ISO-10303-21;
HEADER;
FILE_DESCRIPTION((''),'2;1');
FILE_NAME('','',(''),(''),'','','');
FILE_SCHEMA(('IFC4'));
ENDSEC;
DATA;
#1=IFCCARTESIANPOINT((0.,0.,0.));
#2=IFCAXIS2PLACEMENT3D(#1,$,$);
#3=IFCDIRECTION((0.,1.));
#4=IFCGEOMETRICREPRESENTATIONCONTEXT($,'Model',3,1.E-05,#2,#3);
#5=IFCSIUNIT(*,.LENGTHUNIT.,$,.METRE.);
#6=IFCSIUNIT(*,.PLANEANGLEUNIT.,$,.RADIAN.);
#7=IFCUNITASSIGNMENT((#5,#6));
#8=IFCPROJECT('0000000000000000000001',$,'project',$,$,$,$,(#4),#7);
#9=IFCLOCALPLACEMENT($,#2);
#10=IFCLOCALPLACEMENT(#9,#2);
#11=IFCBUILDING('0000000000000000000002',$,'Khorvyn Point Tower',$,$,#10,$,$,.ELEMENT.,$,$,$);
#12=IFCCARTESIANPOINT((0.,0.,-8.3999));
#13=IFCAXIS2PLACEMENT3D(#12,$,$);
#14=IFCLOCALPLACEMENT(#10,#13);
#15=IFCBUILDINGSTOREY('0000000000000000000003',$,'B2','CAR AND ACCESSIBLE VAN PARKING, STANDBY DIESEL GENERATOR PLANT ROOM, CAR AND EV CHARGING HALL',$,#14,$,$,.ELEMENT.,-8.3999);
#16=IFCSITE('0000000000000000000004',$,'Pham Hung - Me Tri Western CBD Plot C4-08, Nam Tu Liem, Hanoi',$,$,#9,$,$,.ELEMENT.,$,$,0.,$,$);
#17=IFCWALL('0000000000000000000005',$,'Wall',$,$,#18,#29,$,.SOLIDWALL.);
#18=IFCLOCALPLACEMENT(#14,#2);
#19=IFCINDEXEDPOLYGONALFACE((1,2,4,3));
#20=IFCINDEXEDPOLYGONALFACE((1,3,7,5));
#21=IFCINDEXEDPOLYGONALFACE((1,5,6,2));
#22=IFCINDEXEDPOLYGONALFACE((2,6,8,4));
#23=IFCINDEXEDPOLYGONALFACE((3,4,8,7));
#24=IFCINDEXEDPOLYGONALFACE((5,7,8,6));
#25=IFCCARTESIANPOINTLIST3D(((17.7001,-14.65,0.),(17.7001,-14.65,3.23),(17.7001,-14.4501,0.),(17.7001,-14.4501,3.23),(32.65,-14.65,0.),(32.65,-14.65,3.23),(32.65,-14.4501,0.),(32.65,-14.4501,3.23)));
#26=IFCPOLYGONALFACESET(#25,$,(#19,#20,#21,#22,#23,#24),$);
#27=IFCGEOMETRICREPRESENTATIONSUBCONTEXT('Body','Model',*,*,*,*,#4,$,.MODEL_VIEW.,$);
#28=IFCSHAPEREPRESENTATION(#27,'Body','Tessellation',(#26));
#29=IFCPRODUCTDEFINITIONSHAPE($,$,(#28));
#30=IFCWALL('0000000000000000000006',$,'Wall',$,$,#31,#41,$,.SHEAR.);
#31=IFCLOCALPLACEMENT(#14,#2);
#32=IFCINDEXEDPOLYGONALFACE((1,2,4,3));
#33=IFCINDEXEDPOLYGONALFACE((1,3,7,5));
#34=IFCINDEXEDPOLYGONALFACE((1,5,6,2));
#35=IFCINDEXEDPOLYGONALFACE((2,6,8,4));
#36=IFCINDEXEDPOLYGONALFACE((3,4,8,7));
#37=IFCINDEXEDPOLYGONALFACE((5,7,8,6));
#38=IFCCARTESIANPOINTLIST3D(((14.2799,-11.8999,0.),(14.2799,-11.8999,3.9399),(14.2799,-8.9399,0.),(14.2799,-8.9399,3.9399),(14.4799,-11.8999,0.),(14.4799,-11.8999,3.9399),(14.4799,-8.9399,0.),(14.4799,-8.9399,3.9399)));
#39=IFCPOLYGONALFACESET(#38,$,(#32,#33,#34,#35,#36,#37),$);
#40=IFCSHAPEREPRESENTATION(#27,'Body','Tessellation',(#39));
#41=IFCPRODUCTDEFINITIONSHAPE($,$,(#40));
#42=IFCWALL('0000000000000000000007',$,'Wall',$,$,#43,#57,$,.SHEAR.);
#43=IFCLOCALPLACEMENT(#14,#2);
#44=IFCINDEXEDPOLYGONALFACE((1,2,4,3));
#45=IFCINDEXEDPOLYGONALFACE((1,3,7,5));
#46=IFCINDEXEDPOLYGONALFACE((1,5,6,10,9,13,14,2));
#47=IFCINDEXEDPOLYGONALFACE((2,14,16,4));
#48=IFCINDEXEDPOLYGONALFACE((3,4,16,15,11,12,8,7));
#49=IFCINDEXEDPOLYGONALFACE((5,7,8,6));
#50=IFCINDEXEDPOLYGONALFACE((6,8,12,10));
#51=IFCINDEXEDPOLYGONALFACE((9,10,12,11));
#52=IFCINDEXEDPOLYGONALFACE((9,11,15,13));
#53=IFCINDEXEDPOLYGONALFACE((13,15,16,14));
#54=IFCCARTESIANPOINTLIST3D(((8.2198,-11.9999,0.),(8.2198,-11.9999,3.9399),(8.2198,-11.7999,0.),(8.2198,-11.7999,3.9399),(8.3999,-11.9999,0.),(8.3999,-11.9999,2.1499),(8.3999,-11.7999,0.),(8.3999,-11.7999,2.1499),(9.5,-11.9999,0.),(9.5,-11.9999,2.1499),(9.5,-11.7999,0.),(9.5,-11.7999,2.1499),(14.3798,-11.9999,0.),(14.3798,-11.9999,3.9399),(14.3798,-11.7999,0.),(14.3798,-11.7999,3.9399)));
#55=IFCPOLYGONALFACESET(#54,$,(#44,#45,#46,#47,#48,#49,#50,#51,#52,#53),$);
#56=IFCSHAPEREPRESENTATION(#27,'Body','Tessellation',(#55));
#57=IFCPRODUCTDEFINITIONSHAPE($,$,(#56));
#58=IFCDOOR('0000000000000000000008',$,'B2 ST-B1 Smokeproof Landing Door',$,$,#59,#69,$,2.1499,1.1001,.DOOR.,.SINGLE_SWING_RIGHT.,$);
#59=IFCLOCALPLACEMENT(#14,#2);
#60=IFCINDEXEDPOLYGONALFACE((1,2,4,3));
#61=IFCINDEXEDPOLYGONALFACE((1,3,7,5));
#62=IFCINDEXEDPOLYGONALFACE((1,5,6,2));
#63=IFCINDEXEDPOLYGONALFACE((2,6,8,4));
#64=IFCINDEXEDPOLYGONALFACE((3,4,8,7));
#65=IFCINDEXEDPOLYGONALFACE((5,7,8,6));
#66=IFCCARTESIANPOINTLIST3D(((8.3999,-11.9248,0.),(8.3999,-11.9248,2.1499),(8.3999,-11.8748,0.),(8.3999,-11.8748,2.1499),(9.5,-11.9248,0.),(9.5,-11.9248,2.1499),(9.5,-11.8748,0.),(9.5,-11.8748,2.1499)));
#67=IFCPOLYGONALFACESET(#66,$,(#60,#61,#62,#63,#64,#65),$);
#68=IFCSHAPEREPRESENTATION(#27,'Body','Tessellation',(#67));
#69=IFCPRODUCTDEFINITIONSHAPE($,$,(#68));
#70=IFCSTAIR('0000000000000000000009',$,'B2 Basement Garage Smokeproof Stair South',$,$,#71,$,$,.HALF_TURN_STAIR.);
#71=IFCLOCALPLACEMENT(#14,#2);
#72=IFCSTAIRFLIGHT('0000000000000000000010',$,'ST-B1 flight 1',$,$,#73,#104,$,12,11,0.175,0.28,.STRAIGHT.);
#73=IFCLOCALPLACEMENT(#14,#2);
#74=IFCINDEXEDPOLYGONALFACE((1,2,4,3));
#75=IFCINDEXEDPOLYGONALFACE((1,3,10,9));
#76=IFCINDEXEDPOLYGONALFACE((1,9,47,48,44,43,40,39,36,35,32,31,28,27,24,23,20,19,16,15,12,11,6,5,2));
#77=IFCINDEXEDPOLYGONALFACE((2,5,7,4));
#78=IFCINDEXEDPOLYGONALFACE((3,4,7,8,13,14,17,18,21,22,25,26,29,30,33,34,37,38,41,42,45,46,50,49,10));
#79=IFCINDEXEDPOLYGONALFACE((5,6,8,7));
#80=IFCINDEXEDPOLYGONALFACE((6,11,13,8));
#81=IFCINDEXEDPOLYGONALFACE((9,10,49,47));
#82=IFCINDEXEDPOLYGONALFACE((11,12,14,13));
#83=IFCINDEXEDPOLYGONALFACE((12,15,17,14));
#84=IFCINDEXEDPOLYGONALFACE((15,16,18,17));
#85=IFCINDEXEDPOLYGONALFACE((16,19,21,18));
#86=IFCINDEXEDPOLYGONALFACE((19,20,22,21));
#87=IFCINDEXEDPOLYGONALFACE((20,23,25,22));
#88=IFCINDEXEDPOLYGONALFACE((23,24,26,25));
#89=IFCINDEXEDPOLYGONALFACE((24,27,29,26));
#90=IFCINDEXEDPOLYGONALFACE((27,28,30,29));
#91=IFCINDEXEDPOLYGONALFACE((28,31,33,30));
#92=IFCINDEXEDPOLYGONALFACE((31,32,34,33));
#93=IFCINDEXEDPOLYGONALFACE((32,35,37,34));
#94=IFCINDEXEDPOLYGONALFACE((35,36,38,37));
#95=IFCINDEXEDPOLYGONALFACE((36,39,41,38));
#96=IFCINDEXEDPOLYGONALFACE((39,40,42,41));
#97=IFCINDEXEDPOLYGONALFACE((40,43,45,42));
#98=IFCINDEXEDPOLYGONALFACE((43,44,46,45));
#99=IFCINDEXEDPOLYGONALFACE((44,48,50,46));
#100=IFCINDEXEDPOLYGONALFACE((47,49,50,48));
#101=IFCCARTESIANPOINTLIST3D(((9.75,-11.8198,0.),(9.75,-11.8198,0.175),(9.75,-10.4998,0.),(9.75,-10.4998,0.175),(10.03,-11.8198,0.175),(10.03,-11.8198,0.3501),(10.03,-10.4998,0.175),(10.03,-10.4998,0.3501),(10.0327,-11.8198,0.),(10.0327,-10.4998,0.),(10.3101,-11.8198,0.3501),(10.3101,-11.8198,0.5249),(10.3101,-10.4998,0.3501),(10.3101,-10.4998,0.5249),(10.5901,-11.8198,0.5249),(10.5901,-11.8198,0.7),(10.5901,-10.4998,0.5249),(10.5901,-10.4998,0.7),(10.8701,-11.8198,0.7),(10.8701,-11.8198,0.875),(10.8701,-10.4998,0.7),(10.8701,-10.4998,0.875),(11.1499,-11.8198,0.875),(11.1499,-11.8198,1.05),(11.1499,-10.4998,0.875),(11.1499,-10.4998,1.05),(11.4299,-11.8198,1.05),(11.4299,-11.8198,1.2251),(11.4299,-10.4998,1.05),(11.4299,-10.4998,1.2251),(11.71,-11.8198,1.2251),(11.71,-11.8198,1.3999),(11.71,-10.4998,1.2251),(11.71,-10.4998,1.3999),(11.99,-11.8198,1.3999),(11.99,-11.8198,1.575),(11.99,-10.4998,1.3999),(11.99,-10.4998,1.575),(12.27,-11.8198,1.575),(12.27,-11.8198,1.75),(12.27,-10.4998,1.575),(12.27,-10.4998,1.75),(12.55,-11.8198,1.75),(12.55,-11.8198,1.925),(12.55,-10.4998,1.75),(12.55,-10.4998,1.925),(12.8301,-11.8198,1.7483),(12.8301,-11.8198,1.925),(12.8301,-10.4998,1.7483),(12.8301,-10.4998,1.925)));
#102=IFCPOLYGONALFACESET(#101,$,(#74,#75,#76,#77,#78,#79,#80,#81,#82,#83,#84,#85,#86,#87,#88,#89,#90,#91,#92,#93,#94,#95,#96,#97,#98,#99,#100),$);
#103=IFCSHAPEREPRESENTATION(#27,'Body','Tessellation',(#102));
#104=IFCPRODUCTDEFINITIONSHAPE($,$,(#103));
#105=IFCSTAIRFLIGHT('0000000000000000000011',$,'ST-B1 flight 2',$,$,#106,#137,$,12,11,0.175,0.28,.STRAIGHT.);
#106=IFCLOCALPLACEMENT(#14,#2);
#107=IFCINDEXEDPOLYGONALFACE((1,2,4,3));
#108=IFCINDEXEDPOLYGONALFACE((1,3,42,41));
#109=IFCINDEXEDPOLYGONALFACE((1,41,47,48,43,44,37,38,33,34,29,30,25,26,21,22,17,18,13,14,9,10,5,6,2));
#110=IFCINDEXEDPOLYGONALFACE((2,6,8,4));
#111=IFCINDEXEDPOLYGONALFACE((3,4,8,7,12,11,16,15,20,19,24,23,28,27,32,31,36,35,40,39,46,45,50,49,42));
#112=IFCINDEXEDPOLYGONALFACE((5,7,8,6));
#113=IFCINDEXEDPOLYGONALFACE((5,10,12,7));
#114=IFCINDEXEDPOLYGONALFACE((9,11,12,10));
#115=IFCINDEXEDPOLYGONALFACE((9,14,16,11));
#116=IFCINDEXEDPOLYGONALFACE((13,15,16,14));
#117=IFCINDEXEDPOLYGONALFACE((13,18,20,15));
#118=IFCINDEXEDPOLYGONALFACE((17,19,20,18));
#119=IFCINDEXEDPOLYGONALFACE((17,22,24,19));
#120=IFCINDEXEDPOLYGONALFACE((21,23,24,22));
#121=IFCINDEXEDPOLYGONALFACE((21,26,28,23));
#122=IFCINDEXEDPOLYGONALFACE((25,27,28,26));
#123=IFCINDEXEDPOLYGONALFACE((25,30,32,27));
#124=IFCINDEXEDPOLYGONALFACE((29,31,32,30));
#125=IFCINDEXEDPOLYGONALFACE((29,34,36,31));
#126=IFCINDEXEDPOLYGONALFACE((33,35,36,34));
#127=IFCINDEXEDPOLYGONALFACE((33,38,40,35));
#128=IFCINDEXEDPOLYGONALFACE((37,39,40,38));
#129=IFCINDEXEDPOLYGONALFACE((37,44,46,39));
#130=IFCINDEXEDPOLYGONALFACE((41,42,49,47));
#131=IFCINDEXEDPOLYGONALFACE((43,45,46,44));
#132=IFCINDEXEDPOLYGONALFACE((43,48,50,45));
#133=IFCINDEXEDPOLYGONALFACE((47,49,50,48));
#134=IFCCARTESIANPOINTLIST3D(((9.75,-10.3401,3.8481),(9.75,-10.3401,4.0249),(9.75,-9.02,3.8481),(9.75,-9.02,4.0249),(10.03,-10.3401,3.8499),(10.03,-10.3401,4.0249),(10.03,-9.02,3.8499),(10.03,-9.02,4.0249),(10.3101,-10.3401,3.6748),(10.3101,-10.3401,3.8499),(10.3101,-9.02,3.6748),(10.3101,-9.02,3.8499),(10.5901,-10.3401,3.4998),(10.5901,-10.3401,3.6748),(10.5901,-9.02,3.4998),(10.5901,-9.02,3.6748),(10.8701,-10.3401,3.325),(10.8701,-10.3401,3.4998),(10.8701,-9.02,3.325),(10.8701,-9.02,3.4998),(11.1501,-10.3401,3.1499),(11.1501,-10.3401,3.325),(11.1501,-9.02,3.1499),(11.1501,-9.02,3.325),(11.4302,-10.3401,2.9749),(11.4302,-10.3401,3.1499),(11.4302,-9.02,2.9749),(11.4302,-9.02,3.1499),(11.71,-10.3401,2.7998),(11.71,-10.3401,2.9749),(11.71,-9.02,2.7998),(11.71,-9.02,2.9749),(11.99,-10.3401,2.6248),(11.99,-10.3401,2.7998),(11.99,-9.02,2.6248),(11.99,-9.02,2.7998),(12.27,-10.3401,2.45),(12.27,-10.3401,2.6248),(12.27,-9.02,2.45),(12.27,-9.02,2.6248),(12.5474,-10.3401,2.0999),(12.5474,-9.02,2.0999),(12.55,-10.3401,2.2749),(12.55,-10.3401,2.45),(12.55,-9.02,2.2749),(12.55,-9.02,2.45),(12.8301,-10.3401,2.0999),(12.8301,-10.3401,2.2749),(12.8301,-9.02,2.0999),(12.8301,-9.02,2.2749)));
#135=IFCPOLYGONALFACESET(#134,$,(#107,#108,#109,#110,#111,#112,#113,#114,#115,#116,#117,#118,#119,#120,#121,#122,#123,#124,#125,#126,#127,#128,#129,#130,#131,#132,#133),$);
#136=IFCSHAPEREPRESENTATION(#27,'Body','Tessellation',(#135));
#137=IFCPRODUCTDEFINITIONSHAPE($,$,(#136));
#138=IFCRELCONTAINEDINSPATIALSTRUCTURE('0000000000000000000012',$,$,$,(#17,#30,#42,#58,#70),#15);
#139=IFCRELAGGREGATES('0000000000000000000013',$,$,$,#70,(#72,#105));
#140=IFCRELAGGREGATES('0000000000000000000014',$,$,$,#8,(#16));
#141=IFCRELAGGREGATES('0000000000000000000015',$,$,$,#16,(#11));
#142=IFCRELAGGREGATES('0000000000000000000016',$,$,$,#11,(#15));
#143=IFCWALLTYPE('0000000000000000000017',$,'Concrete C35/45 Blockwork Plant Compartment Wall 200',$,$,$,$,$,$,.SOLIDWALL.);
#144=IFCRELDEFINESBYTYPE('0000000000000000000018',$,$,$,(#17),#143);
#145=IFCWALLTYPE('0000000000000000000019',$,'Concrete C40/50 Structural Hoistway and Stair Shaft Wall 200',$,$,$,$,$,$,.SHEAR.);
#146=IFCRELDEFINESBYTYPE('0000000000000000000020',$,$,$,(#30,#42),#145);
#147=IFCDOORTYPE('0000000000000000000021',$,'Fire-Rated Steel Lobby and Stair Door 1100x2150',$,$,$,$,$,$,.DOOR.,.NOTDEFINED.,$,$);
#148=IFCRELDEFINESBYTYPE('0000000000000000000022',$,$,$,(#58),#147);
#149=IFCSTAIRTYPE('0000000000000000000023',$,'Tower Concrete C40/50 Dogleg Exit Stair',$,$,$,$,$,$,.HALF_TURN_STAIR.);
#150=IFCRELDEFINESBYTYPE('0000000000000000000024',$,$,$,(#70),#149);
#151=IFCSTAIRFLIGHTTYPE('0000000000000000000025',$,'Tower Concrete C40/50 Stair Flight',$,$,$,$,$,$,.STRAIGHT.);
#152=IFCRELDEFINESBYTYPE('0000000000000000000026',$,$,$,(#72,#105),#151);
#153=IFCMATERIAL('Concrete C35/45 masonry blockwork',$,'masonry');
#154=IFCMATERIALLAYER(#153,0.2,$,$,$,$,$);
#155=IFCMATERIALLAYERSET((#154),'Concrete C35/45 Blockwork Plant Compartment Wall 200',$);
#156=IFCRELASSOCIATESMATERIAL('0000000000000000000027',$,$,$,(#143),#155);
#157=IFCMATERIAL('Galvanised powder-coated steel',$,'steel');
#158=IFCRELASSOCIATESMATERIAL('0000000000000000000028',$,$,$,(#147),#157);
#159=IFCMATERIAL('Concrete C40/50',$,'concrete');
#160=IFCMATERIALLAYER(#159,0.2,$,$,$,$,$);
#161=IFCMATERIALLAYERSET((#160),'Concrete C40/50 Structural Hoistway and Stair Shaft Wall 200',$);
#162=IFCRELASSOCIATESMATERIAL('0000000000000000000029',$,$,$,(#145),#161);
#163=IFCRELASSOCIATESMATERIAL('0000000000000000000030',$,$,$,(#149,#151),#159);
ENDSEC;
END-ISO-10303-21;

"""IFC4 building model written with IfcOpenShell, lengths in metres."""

from ifc_helpers import new_model, si_unit, direction, frame, frame_2d, origin, place, context, subcontext, project, spatial, polyline, rectangle, outline, extrude, material, layer, layer_set, type_object, element, fill, aggregate, save


model = new_model("IFC4")

# Units and contexts
model_context = context("Model", 3, precision=1e-05, world=origin(), true_north=direction((0.0, 1.0)))
body_context = subcontext(model_context, "Body", "Model", "MODEL_VIEW")
ifc_project = project(units=[si_unit("LENGTHUNIT", "METRE"), si_unit("PLANEANGLEUNIT", "RADIAN")], contexts=[model_context])

# Site, building, storey
site_placement = place(None, origin())
site = spatial("IfcSite", under=ifc_project, at=site_placement, Name="Pham Hung - Me Tri Western CBD Plot C4-08, Nam Tu Liem, Hanoi", CompositionType="ELEMENT", RefElevation=0.0)
building_placement = place(site_placement, origin())
building = spatial("IfcBuilding", under=site, at=building_placement, Name="Khorvyn Point Tower", CompositionType="ELEMENT")
storey_placement = place(building_placement, frame((0.0, 0.0, -8.3999)))
storey = spatial("IfcBuildingStorey", under=building, at=storey_placement, Name="B2", Description="CAR AND ACCESSIBLE VAN PARKING, STANDBY DIESEL GENERATOR PLANT ROOM, CAR AND EV CHARGING HALL", CompositionType="ELEMENT", Elevation=-8.3999)

# Shared definitions
ifc_material_1 = material(Name="Concrete C35/45 masonry blockwork", Category="masonry")
ifc_layer_1 = layer(ifc_material_1, 0.2)
ifc_layer_set_1 = layer_set([ifc_layer_1], Name="Concrete C35/45 Blockwork Plant Compartment Wall 200")
wall_type_1 = type_object("IfcWallType", Name="Concrete C35/45 Blockwork Plant Compartment Wall 200", PredefinedType="SOLIDWALL", material=ifc_layer_set_1)
ifc_material_2 = material(Name="Galvanised powder-coated steel", Category="steel")
door_type = type_object("IfcDoorType", Name="Fire-Rated Steel Lobby and Stair Door 1100x2150", OperationType="NOTDEFINED", PredefinedType="DOOR", material=ifc_material_2)

# Walls
wall_1_placement = place(storey_placement, frame((17.7, -14.55, 0.0), z_axis=(0.0, 0.0, 1.0), x_axis=(1.0, 0.0, 0.0)))
element("IfcWall", 1, at=wall_1_placement, inside=storey, type_object=wall_type_1, Name="Wall", PredefinedType="SOLIDWALL", context=body_context, shape_type="SweptSolid", body=[
    extrude(rectangle(XDim=14.95, YDim=0.2, at=frame_2d((7.4751, 0.0))), origin(), (0.0, 0.0, 1.0), 3.23),
])
ifc_material_3 = material(Name="Concrete C40/50", Category="concrete")
ifc_layer_2 = layer(ifc_material_3, 0.2)
ifc_layer_set_2 = layer_set([ifc_layer_2], Name="Concrete C40/50 Structural Hoistway and Stair Shaft Wall 200")
wall_type_2 = type_object("IfcWallType", Name="Concrete C40/50 Structural Hoistway and Stair Shaft Wall 200", PredefinedType="SHEAR", material=ifc_layer_set_2)
wall_2_placement = place(storey_placement, frame((14.3799, -8.9399, 0.0), z_axis=(0.0, 0.0, 1.0), x_axis=(0.0, -1.0, 0.0)))
element("IfcWall", 2, at=wall_2_placement, inside=storey, type_object=wall_type_2, Name="Wall", PredefinedType="SHEAR", context=body_context, shape_type="SweptSolid", body=[
    extrude(rectangle(XDim=2.96, YDim=0.2, at=frame_2d((1.48, 0.0))), origin(), (0.0, 0.0, 1.0), 3.9399),
])

# Wall, opening, door
wall_3_placement = place(storey_placement, frame((14.3799, -11.8999, 0.0), z_axis=(0.0, 0.0, 1.0), x_axis=(-1.0, 0.0, 0.0)))
wall_3 = element("IfcWall", 3, at=wall_3_placement, inside=storey, type_object=wall_type_2, Name="Wall", PredefinedType="SHEAR", context=body_context, shape_type="SweptSolid", body=[
    extrude(rectangle(XDim=6.1599, YDim=0.2, at=frame_2d((3.0801, 0.0))), origin(), (0.0, 0.0, 1.0), 3.9399),
])
opening_1_placement = place(wall_3_placement, frame((4.8799, 0.0, 0.0)))
opening_1 = element("IfcOpeningElement", 4, at=opening_1_placement, cuts=wall_3, PredefinedType="OPENING", context=body_context, shape_type="SweptSolid", body=[
    extrude(rectangle(XDim=1.1001, YDim=2.1499, at=frame_2d((0.55, 1.075))), frame((0.0, 0.1099, 0.0), z_axis=(0.0, -1.0, 0.0), x_axis=(1.0, 0.0, 0.0)), (0.0, 0.0, 1.0), 0.22),
])
door_1_placement = place(opening_1_placement, origin())
door_1 = element("IfcDoor", 5, at=door_1_placement, inside=storey, type_object=door_type, Name="B2 ST-B1 Smokeproof Landing Door", OperationType="SINGLE_SWING_RIGHT", OverallHeight=2.1499, OverallWidth=1.1001, PredefinedType="DOOR", context=body_context, shape_type="SweptSolid", body=[
    extrude(rectangle(XDim=1.1001, YDim=2.1499, at=frame_2d((0.55, 1.075))), frame((0.0, 0.0249, 0.0), z_axis=(0.0, -1.0, 0.0), x_axis=(1.0, 0.0, 0.0)), (0.0, 0.0, 1.0), 0.05),
])
fill(opening_1, door_1)

# Stair, stair flights
stair_type = type_object("IfcStairType", Name="Tower Concrete C40/50 Dogleg Exit Stair", PredefinedType="HALF_TURN_STAIR", material=ifc_material_3)
stair_placement = place(storey_placement, origin())
stair = element("IfcStair", 6, at=stair_placement, inside=storey, type_object=stair_type, Name="B2 Basement Garage Smokeproof Stair South", PredefinedType="HALF_TURN_STAIR")
stair_flight_type = type_object("IfcStairFlightType", Name="Tower Concrete C40/50 Stair Flight", PredefinedType="STRAIGHT", material=ifc_material_3)
stair_flight_1_placement = place(storey_placement, frame((9.75, -11.1599, 0.0), z_axis=(0.0, 0.0, 1.0), x_axis=(1.0, 0.0, 0.0)))
stair_flight_1 = element("IfcStairFlight", 7, at=stair_flight_1_placement, type_object=stair_flight_type, Name="ST-B1 flight 1", NumberOfRisers=12, NumberOfTreads=11, PredefinedType="STRAIGHT", RiserHeight=0.175, TreadLength=0.28, context=body_context, shape_type="SweptSolid", body=[
    extrude(outline(polyline([(0.0, 0.0), (0.0, 0.175), (0.28, 0.175), (0.28, 0.3501), (0.5601, 0.3501), (0.5601, 0.5249), (0.8401, 0.5249), (0.8401, 0.7), (1.1201, 0.7), (1.1201, 0.875), (1.3999, 0.875), (1.3999, 1.05), (1.6799, 1.05), (1.6799, 1.2251), (1.96, 1.2251), (1.96, 1.3999), (2.24, 1.3999), (2.24, 1.575), (2.52, 1.575), (2.52, 1.75), (2.8, 1.75), (2.8, 1.925), (3.0801, 1.925), (3.0801, 2.1001), (3.0801, 1.7483), (0.2827, 0.0), (0.0, 0.0)])), frame((0.0, 0.6602, 0.0), z_axis=(0.0, -1.0, 0.0), x_axis=(1.0, 0.0, 0.0)), (0.0, 0.0, 1.0), 1.3201),
])
stair_flight_2_placement = place(storey_placement, frame((12.8301, -9.6799, 2.0999), z_axis=(0.0, 0.0, 1.0), x_axis=(-1.0, 0.0, 0.0)))
stair_flight_2 = element("IfcStairFlight", 8, at=stair_flight_2_placement, type_object=stair_flight_type, Name="ST-B1 flight 2", NumberOfRisers=12, NumberOfTreads=11, PredefinedType="STRAIGHT", RiserHeight=0.175, TreadLength=0.28, context=body_context, shape_type="SweptSolid", body=[
    extrude(outline(polyline([(0.0, 0.0), (0.0, 0.175), (0.28, 0.175), (0.28, 0.3501), (0.5601, 0.3501), (0.5601, 0.5249), (0.8401, 0.5249), (0.8401, 0.7), (1.1201, 0.7), (1.1201, 0.875), (1.3999, 0.875), (1.3999, 1.05), (1.6799, 1.05), (1.6799, 1.2251), (1.96, 1.2251), (1.96, 1.3999), (2.24, 1.3999), (2.24, 1.575), (2.52, 1.575), (2.52, 1.75), (2.8, 1.75), (2.8, 1.925), (3.0801, 1.925), (3.0801, 2.1001), (3.0801, 1.7483), (0.2827, 0.0), (0.0, 0.0)])), frame((0.0, 0.6602, 0.0), z_axis=(0.0, -1.0, 0.0), x_axis=(1.0, 0.0, 0.0)), (0.0, 0.0, 1.0), 1.3201),
])
aggregate(stair, [stair_flight_1, stair_flight_2])

save(model, "model.ifc")
